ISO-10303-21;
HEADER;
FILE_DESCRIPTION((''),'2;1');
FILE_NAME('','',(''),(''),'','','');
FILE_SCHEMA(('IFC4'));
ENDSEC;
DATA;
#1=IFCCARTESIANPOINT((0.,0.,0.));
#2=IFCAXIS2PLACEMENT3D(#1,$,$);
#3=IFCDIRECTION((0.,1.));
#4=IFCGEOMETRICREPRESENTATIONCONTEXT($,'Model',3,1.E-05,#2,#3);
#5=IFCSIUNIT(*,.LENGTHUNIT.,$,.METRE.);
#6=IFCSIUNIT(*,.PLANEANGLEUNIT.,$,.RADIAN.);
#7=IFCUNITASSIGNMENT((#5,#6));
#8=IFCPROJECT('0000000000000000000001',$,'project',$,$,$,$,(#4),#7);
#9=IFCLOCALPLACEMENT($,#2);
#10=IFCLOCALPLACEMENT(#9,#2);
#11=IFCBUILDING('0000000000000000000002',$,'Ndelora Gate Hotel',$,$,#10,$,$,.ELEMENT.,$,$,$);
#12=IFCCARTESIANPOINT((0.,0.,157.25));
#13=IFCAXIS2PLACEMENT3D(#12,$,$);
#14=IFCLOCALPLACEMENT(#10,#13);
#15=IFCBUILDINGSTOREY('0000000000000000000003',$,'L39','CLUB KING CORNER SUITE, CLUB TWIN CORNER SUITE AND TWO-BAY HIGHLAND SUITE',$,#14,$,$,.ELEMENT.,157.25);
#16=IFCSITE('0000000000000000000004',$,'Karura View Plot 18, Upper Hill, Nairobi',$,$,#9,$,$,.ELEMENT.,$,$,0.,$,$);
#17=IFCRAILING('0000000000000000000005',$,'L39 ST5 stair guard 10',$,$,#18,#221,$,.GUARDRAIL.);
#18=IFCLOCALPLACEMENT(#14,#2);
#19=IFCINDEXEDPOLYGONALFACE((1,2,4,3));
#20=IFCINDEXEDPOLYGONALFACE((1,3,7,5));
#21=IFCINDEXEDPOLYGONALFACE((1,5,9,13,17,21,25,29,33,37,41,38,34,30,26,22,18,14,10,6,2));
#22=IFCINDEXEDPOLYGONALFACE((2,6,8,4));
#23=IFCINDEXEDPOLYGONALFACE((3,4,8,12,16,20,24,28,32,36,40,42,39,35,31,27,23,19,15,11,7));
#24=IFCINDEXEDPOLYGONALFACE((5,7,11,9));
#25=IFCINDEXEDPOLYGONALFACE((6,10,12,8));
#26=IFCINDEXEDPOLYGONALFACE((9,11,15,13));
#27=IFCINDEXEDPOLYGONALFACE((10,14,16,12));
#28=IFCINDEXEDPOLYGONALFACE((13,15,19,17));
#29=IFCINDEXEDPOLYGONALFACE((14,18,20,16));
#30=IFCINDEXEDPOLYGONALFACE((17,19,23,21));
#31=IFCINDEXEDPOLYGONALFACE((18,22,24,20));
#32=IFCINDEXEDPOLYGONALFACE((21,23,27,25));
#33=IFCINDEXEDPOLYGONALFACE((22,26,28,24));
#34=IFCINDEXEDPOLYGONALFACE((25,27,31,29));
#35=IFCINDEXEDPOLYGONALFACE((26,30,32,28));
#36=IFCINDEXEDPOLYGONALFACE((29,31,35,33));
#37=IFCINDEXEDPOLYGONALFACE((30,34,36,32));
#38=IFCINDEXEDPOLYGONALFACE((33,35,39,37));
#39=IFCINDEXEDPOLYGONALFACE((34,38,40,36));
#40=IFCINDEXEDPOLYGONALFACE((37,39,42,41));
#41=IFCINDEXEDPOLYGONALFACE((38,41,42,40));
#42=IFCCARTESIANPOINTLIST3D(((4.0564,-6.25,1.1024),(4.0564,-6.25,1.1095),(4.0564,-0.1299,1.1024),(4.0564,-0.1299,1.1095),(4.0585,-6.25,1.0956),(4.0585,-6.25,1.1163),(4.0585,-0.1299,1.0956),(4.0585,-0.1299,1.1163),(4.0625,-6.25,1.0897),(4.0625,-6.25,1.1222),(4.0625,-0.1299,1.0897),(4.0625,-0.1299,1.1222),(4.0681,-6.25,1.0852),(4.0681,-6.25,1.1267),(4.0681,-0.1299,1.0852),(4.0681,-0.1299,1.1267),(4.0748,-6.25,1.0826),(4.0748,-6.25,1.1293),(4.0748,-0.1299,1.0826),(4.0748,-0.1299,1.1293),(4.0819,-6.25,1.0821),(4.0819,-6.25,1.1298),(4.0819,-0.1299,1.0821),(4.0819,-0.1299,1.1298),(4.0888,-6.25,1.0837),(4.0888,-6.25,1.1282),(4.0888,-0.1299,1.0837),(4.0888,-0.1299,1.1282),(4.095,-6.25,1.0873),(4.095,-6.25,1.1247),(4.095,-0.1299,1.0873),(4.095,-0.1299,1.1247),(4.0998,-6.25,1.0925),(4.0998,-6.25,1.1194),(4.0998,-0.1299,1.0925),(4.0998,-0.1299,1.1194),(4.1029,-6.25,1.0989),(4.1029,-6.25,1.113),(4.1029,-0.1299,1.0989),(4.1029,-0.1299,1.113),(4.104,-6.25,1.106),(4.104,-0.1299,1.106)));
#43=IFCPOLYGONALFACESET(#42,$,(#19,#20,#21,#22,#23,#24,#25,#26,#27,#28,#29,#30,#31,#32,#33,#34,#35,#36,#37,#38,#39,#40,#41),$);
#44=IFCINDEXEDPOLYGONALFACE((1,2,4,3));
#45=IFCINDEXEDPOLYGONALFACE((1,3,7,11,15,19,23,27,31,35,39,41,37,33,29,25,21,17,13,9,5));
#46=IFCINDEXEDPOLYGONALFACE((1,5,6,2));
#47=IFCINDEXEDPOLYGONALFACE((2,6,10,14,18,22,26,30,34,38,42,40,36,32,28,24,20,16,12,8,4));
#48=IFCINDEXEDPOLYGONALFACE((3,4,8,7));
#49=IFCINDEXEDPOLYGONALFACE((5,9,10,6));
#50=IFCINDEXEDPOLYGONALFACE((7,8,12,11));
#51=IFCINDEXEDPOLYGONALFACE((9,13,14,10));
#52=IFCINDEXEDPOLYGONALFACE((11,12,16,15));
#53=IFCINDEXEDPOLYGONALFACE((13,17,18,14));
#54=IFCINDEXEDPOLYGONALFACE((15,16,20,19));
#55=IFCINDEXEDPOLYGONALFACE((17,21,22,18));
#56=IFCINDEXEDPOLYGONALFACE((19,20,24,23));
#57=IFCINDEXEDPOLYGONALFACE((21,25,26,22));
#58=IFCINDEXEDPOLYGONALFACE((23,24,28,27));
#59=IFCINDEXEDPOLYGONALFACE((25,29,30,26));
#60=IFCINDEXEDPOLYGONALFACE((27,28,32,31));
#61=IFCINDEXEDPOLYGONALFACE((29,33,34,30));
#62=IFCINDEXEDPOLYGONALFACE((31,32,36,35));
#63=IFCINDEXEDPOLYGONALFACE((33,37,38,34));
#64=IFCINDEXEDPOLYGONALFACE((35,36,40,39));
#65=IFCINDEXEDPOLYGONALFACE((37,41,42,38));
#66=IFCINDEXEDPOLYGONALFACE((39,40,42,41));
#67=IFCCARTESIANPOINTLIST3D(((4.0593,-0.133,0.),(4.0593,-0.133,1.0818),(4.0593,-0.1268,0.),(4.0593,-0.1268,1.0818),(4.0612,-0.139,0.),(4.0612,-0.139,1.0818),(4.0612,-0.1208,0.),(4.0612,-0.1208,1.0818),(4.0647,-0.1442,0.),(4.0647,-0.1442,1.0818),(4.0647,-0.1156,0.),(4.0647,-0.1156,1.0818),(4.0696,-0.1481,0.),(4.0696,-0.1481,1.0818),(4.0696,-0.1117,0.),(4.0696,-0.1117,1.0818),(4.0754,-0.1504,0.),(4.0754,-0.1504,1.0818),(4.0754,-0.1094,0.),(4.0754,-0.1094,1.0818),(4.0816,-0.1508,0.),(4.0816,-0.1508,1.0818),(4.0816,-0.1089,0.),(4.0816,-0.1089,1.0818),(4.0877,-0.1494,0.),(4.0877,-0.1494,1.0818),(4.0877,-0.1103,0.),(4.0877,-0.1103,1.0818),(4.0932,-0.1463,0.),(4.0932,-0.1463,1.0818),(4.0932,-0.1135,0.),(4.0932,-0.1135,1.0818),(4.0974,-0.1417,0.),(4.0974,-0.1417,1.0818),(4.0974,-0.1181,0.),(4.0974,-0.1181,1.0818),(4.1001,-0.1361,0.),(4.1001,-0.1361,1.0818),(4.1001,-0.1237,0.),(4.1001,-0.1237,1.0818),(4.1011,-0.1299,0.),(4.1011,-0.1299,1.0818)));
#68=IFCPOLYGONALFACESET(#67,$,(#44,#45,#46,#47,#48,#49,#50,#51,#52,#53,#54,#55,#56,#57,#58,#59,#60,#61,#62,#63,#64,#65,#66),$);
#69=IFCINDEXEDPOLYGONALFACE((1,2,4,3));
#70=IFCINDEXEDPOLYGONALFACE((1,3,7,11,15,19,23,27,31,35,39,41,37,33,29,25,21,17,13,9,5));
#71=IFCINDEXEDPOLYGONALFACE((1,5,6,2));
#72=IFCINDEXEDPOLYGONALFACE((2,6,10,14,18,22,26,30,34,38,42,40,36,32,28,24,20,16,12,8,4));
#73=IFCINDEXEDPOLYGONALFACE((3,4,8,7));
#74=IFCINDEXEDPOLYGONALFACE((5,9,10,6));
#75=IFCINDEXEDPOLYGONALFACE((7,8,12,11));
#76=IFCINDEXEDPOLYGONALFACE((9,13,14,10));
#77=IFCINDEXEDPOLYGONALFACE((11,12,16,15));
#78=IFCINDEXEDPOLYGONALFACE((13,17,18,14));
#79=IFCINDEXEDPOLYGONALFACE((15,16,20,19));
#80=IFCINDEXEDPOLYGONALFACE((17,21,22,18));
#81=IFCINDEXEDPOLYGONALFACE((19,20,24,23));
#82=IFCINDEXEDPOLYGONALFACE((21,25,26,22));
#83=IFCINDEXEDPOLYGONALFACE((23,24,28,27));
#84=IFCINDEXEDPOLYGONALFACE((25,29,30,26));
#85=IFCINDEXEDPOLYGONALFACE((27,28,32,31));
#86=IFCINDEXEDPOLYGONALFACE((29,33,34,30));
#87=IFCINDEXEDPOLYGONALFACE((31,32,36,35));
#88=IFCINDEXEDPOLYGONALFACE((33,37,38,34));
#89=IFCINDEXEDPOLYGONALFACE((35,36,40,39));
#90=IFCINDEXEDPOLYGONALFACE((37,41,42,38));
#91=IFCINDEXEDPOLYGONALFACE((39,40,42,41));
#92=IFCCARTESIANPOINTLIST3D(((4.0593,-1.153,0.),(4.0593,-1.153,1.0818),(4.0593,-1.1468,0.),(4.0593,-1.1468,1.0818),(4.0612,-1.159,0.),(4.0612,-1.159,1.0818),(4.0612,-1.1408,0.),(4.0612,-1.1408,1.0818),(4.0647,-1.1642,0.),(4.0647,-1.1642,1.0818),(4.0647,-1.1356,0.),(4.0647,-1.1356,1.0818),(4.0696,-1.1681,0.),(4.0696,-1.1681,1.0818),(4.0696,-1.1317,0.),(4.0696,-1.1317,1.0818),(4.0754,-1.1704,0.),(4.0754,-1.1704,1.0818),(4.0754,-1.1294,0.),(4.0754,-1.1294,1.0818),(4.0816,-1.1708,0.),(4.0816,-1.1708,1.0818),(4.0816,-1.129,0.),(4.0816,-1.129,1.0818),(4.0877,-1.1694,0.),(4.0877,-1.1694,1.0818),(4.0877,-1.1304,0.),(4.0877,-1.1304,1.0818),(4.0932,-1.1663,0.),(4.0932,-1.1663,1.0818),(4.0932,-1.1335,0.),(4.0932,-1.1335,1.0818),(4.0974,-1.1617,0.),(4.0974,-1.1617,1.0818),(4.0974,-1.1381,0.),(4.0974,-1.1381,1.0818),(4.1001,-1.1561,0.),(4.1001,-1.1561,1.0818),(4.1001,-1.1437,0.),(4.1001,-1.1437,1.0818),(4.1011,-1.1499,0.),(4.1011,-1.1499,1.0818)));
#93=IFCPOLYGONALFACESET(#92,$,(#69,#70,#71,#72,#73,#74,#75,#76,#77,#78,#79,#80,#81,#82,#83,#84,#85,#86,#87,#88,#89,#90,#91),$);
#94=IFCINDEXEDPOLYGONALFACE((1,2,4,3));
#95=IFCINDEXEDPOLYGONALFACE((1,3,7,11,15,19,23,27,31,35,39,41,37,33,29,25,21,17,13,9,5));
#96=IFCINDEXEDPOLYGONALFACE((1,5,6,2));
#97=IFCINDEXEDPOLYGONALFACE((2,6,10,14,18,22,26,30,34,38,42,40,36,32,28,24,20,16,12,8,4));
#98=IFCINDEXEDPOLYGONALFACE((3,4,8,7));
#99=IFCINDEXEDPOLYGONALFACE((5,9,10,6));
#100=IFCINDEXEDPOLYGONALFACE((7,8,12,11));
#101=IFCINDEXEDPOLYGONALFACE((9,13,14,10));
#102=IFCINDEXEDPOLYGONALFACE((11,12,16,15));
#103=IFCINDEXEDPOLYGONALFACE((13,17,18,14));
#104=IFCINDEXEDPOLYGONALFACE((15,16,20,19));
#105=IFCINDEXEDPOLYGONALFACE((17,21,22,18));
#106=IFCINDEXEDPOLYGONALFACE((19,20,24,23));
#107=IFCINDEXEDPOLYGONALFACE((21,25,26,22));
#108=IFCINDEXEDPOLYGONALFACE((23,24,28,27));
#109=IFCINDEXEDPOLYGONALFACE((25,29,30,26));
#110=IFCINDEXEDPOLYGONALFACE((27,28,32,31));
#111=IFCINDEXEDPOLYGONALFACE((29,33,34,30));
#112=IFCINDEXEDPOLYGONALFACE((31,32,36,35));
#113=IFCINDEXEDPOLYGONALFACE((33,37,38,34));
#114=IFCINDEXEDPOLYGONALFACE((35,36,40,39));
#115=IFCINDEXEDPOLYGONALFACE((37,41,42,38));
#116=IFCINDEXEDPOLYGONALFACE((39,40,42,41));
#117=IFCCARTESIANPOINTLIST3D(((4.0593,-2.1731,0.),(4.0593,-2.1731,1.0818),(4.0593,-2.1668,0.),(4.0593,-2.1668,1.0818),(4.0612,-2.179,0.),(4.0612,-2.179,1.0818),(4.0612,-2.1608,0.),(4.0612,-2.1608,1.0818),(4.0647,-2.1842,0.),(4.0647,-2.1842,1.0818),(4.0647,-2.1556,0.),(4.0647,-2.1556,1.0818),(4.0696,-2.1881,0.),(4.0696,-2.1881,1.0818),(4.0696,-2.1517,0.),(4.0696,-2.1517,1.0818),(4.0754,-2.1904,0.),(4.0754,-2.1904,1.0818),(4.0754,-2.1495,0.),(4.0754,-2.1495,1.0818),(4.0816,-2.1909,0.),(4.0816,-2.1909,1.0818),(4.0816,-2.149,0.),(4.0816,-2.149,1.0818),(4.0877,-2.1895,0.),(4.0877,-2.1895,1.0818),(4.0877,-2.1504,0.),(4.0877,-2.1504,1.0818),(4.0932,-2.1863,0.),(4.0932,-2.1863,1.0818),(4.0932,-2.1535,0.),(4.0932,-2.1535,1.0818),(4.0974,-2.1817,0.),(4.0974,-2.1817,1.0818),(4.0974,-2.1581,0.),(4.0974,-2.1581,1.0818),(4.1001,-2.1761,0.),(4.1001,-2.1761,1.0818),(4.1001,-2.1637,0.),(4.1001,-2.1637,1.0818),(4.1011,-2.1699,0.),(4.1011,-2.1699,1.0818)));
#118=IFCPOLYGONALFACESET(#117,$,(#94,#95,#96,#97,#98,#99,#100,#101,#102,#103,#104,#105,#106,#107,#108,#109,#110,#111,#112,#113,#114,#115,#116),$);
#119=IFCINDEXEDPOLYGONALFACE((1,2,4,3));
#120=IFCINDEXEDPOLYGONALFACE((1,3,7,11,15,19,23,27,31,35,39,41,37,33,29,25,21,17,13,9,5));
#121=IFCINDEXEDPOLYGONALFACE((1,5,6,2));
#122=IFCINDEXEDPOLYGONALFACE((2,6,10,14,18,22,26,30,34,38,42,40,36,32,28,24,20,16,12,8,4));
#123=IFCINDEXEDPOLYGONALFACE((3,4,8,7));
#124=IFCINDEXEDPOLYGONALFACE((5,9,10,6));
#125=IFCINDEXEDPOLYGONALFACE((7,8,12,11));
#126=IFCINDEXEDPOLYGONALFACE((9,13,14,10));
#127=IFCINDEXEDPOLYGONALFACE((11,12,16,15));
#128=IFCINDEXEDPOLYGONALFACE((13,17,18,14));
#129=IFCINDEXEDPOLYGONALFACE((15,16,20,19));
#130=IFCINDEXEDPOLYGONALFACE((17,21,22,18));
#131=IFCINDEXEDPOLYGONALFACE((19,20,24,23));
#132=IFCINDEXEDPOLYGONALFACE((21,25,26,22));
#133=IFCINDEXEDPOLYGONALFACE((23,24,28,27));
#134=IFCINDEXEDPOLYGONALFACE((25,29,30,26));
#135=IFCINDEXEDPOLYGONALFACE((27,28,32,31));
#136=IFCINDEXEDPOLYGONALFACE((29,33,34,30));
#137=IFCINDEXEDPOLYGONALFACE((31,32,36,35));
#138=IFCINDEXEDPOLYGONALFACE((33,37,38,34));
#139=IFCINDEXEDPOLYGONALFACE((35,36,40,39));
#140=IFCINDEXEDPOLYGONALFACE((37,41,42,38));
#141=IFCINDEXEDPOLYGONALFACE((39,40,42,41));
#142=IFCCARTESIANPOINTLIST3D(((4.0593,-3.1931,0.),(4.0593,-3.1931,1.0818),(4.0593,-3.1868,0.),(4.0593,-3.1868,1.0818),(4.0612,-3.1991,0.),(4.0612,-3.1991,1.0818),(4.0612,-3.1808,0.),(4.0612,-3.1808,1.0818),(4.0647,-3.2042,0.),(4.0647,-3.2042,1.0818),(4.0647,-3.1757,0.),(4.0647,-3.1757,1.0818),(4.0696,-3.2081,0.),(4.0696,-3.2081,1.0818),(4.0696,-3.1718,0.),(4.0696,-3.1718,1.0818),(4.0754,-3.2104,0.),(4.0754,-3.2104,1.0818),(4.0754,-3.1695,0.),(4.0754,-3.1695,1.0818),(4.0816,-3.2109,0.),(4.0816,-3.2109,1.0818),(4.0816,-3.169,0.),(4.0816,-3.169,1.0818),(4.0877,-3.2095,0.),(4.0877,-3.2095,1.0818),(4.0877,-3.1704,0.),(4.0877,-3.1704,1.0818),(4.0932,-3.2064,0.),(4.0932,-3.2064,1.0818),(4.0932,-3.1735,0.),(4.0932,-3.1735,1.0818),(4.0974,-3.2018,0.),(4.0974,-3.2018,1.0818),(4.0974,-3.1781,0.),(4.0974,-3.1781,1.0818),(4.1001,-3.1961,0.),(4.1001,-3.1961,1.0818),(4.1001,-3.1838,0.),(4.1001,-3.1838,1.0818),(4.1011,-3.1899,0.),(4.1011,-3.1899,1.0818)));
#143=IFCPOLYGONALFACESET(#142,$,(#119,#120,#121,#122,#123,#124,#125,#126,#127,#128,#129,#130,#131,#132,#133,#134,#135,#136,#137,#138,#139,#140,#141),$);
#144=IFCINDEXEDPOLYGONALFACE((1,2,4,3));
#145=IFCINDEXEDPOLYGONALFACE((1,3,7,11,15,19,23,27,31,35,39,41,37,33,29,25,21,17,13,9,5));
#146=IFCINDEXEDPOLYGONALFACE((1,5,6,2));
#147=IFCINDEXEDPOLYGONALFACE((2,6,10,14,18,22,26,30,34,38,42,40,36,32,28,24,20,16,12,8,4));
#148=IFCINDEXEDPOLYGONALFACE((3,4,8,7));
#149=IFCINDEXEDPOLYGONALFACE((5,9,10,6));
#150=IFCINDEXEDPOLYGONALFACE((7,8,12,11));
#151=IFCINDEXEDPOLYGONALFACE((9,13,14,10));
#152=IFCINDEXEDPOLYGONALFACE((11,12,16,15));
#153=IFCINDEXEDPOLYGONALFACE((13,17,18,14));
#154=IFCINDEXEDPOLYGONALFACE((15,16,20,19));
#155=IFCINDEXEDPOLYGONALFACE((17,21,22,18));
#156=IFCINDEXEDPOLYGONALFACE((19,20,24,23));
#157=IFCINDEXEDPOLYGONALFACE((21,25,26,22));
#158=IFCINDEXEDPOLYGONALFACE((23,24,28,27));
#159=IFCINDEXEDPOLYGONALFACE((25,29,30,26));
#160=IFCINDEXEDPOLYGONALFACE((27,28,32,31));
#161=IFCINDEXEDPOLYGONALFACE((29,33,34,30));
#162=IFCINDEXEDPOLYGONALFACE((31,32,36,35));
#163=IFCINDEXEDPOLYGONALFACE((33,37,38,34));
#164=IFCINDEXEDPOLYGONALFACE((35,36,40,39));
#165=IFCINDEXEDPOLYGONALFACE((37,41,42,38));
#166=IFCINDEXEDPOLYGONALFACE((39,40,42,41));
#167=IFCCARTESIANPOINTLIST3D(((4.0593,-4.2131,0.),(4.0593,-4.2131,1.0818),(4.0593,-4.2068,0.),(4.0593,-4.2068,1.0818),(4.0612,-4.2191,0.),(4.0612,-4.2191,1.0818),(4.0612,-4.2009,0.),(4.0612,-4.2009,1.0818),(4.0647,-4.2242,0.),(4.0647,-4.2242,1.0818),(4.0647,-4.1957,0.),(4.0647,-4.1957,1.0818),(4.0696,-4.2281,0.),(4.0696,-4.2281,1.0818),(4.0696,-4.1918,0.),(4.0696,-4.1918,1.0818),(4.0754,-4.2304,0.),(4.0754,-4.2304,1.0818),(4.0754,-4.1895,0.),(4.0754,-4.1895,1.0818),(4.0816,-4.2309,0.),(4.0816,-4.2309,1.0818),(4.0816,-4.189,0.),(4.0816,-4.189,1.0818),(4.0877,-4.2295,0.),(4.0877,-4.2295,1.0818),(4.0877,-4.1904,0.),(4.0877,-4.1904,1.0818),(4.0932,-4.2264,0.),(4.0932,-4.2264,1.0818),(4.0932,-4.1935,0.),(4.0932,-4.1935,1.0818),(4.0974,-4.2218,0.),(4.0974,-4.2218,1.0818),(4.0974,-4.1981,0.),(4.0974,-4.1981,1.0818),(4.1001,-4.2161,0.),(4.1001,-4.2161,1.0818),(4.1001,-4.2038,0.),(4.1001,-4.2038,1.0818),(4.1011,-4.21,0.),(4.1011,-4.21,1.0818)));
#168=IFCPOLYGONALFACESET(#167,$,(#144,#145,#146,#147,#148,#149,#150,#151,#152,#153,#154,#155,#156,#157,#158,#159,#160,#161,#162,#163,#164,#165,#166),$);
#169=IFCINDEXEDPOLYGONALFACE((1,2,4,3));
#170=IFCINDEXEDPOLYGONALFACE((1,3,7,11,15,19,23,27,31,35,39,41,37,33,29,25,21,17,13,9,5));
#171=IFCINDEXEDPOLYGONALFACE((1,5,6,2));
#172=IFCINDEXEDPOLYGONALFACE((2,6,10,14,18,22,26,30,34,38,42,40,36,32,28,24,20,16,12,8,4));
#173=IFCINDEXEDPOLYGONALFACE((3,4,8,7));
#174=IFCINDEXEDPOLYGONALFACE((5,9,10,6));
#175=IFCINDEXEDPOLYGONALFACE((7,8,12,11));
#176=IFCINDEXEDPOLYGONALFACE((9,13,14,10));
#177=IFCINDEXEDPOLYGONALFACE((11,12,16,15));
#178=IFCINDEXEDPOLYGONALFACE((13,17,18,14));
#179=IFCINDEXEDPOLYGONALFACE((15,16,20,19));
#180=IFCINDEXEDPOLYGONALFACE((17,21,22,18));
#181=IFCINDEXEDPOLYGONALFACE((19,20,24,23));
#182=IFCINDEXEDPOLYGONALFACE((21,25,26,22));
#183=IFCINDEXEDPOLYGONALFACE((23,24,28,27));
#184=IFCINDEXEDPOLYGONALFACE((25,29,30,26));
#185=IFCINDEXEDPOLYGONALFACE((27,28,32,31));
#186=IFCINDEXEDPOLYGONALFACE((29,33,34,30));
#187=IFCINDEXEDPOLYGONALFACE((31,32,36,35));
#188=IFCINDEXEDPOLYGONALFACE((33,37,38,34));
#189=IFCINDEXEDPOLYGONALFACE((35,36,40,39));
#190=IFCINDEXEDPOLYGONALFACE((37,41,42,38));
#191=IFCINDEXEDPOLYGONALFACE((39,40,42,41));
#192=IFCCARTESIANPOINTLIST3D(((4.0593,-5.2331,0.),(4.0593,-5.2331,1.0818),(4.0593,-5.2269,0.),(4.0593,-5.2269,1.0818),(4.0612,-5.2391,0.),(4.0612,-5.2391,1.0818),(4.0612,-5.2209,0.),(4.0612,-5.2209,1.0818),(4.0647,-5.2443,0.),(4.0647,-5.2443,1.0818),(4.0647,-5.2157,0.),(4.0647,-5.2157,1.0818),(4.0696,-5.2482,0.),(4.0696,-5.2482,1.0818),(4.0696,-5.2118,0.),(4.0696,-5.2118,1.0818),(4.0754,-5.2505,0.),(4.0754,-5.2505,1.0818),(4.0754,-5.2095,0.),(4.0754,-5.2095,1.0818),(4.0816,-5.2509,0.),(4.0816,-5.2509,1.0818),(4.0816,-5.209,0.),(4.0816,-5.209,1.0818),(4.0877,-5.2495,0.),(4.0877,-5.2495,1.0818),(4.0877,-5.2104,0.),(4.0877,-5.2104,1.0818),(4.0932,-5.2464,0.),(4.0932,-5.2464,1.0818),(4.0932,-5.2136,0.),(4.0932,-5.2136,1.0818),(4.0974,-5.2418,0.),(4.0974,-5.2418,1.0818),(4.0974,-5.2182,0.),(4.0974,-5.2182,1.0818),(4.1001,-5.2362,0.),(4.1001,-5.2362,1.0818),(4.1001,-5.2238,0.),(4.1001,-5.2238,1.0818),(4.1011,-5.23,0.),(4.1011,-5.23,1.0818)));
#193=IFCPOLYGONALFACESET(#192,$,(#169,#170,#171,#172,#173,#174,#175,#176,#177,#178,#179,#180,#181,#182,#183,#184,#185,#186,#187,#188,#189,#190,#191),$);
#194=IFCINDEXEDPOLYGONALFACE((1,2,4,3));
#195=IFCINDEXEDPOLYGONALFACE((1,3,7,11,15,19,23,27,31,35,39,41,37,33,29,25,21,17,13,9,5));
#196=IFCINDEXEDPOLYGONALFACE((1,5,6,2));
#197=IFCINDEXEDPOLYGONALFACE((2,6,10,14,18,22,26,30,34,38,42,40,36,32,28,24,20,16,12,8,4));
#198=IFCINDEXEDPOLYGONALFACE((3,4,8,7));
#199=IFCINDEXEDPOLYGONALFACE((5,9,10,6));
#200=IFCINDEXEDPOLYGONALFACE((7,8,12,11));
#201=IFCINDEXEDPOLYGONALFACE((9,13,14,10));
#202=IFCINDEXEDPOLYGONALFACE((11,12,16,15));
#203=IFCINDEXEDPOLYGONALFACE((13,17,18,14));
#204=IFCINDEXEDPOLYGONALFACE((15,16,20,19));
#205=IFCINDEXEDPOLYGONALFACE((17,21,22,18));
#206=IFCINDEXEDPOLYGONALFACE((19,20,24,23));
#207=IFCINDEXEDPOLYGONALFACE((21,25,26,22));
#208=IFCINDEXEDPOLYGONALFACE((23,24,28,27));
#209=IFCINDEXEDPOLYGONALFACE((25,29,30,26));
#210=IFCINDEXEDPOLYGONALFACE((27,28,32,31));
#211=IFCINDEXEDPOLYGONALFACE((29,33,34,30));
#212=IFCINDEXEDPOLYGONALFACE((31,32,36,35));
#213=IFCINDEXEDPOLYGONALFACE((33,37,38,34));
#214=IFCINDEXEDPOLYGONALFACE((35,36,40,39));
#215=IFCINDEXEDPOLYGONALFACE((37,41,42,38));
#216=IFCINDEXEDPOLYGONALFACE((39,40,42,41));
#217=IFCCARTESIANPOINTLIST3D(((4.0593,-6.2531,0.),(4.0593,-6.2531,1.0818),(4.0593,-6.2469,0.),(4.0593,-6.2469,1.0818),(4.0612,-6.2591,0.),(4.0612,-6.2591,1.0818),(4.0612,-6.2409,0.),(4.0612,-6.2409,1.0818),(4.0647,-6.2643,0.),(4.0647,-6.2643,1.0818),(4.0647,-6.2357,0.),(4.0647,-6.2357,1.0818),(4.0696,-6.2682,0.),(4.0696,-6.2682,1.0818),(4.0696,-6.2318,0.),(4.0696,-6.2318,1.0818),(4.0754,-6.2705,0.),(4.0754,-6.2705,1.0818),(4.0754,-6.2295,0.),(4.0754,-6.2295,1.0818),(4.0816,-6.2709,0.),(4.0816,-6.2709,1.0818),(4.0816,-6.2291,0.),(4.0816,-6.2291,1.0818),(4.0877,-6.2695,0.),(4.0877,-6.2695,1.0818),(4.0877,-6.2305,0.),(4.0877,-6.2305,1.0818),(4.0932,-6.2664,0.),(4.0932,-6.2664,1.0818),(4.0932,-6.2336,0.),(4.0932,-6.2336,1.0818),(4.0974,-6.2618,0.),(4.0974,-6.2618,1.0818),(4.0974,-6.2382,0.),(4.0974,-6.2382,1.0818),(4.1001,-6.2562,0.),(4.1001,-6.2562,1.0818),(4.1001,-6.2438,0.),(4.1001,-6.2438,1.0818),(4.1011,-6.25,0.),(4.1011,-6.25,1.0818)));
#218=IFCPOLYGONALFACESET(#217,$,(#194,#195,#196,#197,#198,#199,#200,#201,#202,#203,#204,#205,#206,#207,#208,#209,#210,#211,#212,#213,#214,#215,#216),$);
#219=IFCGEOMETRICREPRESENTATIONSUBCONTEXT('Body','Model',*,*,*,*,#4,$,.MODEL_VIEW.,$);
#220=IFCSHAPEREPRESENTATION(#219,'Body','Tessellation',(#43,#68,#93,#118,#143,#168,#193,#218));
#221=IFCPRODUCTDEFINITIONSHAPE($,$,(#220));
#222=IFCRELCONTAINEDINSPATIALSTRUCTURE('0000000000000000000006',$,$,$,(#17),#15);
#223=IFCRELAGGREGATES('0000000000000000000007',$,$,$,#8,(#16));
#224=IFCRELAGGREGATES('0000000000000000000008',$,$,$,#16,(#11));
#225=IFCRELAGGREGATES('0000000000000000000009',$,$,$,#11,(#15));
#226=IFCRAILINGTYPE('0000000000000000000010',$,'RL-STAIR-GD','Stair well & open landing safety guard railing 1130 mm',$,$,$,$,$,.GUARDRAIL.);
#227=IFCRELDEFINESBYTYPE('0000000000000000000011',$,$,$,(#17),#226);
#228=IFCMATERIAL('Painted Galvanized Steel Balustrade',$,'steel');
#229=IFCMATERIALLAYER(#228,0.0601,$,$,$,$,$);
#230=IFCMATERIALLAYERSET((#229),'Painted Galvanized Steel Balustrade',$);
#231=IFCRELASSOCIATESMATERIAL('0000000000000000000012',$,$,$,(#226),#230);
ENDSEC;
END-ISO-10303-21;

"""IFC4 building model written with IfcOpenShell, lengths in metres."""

from ifc_helpers import new_model, si_unit, direction, frame, origin, origin_2d, place, context, subcontext, project, spatial, circle, extrude, material, layer, layer_set, type_object, element, save


model = new_model("IFC4")

# Units and contexts
model_context = context("Model", 3, precision=1e-05, world=origin(), true_north=direction((0.0, 1.0)))
body_context = subcontext(model_context, "Body", "Model", "MODEL_VIEW")
ifc_project = project(units=[si_unit("LENGTHUNIT", "METRE"), si_unit("PLANEANGLEUNIT", "RADIAN")], contexts=[model_context])

# Site, building, storey
site_placement = place(None, origin())
site = spatial("IfcSite", under=ifc_project, at=site_placement, Name="Karura View Plot 18, Upper Hill, Nairobi", CompositionType="ELEMENT", RefElevation=0.0)
building_placement = place(site_placement, origin())
building = spatial("IfcBuilding", under=site, at=building_placement, Name="Ndelora Gate Hotel", CompositionType="ELEMENT")
storey_placement = place(building_placement, frame((0.0, 0.0, 157.25)))
storey = spatial("IfcBuildingStorey", under=building, at=storey_placement, Name="L39", Description="CLUB KING CORNER SUITE, CLUB TWIN CORNER SUITE AND TWO-BAY HIGHLAND SUITE", CompositionType="ELEMENT", Elevation=157.25)

# Railing
ifc_material_1 = material(Name="Painted Galvanized Steel Balustrade", Category="steel")
ifc_layer_1 = layer(ifc_material_1, 0.0601)
ifc_layer_set_1 = layer_set([ifc_layer_1], Name="Painted Galvanized Steel Balustrade")
railing_type_1 = type_object("IfcRailingType", Name="RL-STAIR-GD", Description="Stair well & open landing safety guard railing 1130 mm", PredefinedType="GUARDRAIL", material=ifc_layer_set_1)
railing_1_placement = place(storey_placement, frame((4.0801, -0.1299, 0.0)))
element("IfcRailing", 1, at=railing_1_placement, inside=storey, type_object=railing_type_1, Name="L39 ST5 stair guard 10", PredefinedType="GUARDRAIL", context=body_context, shape_type="SweptSolid", body=[
    extrude(circle(Radius=0.0239, at=origin_2d()), frame((0.0, 0.0, 1.106), z_axis=(0.0, -1.0, 0.0), x_axis=(1.0, 0.0, 0.0)), (0.0, 0.0, 1.0), 6.1201),
    extrude(circle(Radius=0.021, at=origin_2d()), origin(), (0.0, 0.0, 1.0), 1.0818),
    extrude(circle(Radius=0.021, at=origin_2d()), frame((0.0, -1.02, 0.0)), (0.0, 0.0, 1.0), 1.0818),
    extrude(circle(Radius=0.021, at=origin_2d()), frame((0.0, -2.04, 0.0)), (0.0, 0.0, 1.0), 1.0818),
    extrude(circle(Radius=0.021, at=origin_2d()), frame((0.0, -3.0601, 0.0)), (0.0, 0.0, 1.0), 1.0818),
    extrude(circle(Radius=0.021, at=origin_2d()), frame((0.0, -4.0801, 0.0)), (0.0, 0.0, 1.0), 1.0818),
    extrude(circle(Radius=0.021, at=origin_2d()), frame((0.0, -5.1001, 0.0)), (0.0, 0.0, 1.0), 1.0818),
    extrude(circle(Radius=0.021, at=origin_2d()), frame((0.0, -6.1201, 0.0)), (0.0, 0.0, 1.0), 1.0818),
])

save(model, "model.ifc")
